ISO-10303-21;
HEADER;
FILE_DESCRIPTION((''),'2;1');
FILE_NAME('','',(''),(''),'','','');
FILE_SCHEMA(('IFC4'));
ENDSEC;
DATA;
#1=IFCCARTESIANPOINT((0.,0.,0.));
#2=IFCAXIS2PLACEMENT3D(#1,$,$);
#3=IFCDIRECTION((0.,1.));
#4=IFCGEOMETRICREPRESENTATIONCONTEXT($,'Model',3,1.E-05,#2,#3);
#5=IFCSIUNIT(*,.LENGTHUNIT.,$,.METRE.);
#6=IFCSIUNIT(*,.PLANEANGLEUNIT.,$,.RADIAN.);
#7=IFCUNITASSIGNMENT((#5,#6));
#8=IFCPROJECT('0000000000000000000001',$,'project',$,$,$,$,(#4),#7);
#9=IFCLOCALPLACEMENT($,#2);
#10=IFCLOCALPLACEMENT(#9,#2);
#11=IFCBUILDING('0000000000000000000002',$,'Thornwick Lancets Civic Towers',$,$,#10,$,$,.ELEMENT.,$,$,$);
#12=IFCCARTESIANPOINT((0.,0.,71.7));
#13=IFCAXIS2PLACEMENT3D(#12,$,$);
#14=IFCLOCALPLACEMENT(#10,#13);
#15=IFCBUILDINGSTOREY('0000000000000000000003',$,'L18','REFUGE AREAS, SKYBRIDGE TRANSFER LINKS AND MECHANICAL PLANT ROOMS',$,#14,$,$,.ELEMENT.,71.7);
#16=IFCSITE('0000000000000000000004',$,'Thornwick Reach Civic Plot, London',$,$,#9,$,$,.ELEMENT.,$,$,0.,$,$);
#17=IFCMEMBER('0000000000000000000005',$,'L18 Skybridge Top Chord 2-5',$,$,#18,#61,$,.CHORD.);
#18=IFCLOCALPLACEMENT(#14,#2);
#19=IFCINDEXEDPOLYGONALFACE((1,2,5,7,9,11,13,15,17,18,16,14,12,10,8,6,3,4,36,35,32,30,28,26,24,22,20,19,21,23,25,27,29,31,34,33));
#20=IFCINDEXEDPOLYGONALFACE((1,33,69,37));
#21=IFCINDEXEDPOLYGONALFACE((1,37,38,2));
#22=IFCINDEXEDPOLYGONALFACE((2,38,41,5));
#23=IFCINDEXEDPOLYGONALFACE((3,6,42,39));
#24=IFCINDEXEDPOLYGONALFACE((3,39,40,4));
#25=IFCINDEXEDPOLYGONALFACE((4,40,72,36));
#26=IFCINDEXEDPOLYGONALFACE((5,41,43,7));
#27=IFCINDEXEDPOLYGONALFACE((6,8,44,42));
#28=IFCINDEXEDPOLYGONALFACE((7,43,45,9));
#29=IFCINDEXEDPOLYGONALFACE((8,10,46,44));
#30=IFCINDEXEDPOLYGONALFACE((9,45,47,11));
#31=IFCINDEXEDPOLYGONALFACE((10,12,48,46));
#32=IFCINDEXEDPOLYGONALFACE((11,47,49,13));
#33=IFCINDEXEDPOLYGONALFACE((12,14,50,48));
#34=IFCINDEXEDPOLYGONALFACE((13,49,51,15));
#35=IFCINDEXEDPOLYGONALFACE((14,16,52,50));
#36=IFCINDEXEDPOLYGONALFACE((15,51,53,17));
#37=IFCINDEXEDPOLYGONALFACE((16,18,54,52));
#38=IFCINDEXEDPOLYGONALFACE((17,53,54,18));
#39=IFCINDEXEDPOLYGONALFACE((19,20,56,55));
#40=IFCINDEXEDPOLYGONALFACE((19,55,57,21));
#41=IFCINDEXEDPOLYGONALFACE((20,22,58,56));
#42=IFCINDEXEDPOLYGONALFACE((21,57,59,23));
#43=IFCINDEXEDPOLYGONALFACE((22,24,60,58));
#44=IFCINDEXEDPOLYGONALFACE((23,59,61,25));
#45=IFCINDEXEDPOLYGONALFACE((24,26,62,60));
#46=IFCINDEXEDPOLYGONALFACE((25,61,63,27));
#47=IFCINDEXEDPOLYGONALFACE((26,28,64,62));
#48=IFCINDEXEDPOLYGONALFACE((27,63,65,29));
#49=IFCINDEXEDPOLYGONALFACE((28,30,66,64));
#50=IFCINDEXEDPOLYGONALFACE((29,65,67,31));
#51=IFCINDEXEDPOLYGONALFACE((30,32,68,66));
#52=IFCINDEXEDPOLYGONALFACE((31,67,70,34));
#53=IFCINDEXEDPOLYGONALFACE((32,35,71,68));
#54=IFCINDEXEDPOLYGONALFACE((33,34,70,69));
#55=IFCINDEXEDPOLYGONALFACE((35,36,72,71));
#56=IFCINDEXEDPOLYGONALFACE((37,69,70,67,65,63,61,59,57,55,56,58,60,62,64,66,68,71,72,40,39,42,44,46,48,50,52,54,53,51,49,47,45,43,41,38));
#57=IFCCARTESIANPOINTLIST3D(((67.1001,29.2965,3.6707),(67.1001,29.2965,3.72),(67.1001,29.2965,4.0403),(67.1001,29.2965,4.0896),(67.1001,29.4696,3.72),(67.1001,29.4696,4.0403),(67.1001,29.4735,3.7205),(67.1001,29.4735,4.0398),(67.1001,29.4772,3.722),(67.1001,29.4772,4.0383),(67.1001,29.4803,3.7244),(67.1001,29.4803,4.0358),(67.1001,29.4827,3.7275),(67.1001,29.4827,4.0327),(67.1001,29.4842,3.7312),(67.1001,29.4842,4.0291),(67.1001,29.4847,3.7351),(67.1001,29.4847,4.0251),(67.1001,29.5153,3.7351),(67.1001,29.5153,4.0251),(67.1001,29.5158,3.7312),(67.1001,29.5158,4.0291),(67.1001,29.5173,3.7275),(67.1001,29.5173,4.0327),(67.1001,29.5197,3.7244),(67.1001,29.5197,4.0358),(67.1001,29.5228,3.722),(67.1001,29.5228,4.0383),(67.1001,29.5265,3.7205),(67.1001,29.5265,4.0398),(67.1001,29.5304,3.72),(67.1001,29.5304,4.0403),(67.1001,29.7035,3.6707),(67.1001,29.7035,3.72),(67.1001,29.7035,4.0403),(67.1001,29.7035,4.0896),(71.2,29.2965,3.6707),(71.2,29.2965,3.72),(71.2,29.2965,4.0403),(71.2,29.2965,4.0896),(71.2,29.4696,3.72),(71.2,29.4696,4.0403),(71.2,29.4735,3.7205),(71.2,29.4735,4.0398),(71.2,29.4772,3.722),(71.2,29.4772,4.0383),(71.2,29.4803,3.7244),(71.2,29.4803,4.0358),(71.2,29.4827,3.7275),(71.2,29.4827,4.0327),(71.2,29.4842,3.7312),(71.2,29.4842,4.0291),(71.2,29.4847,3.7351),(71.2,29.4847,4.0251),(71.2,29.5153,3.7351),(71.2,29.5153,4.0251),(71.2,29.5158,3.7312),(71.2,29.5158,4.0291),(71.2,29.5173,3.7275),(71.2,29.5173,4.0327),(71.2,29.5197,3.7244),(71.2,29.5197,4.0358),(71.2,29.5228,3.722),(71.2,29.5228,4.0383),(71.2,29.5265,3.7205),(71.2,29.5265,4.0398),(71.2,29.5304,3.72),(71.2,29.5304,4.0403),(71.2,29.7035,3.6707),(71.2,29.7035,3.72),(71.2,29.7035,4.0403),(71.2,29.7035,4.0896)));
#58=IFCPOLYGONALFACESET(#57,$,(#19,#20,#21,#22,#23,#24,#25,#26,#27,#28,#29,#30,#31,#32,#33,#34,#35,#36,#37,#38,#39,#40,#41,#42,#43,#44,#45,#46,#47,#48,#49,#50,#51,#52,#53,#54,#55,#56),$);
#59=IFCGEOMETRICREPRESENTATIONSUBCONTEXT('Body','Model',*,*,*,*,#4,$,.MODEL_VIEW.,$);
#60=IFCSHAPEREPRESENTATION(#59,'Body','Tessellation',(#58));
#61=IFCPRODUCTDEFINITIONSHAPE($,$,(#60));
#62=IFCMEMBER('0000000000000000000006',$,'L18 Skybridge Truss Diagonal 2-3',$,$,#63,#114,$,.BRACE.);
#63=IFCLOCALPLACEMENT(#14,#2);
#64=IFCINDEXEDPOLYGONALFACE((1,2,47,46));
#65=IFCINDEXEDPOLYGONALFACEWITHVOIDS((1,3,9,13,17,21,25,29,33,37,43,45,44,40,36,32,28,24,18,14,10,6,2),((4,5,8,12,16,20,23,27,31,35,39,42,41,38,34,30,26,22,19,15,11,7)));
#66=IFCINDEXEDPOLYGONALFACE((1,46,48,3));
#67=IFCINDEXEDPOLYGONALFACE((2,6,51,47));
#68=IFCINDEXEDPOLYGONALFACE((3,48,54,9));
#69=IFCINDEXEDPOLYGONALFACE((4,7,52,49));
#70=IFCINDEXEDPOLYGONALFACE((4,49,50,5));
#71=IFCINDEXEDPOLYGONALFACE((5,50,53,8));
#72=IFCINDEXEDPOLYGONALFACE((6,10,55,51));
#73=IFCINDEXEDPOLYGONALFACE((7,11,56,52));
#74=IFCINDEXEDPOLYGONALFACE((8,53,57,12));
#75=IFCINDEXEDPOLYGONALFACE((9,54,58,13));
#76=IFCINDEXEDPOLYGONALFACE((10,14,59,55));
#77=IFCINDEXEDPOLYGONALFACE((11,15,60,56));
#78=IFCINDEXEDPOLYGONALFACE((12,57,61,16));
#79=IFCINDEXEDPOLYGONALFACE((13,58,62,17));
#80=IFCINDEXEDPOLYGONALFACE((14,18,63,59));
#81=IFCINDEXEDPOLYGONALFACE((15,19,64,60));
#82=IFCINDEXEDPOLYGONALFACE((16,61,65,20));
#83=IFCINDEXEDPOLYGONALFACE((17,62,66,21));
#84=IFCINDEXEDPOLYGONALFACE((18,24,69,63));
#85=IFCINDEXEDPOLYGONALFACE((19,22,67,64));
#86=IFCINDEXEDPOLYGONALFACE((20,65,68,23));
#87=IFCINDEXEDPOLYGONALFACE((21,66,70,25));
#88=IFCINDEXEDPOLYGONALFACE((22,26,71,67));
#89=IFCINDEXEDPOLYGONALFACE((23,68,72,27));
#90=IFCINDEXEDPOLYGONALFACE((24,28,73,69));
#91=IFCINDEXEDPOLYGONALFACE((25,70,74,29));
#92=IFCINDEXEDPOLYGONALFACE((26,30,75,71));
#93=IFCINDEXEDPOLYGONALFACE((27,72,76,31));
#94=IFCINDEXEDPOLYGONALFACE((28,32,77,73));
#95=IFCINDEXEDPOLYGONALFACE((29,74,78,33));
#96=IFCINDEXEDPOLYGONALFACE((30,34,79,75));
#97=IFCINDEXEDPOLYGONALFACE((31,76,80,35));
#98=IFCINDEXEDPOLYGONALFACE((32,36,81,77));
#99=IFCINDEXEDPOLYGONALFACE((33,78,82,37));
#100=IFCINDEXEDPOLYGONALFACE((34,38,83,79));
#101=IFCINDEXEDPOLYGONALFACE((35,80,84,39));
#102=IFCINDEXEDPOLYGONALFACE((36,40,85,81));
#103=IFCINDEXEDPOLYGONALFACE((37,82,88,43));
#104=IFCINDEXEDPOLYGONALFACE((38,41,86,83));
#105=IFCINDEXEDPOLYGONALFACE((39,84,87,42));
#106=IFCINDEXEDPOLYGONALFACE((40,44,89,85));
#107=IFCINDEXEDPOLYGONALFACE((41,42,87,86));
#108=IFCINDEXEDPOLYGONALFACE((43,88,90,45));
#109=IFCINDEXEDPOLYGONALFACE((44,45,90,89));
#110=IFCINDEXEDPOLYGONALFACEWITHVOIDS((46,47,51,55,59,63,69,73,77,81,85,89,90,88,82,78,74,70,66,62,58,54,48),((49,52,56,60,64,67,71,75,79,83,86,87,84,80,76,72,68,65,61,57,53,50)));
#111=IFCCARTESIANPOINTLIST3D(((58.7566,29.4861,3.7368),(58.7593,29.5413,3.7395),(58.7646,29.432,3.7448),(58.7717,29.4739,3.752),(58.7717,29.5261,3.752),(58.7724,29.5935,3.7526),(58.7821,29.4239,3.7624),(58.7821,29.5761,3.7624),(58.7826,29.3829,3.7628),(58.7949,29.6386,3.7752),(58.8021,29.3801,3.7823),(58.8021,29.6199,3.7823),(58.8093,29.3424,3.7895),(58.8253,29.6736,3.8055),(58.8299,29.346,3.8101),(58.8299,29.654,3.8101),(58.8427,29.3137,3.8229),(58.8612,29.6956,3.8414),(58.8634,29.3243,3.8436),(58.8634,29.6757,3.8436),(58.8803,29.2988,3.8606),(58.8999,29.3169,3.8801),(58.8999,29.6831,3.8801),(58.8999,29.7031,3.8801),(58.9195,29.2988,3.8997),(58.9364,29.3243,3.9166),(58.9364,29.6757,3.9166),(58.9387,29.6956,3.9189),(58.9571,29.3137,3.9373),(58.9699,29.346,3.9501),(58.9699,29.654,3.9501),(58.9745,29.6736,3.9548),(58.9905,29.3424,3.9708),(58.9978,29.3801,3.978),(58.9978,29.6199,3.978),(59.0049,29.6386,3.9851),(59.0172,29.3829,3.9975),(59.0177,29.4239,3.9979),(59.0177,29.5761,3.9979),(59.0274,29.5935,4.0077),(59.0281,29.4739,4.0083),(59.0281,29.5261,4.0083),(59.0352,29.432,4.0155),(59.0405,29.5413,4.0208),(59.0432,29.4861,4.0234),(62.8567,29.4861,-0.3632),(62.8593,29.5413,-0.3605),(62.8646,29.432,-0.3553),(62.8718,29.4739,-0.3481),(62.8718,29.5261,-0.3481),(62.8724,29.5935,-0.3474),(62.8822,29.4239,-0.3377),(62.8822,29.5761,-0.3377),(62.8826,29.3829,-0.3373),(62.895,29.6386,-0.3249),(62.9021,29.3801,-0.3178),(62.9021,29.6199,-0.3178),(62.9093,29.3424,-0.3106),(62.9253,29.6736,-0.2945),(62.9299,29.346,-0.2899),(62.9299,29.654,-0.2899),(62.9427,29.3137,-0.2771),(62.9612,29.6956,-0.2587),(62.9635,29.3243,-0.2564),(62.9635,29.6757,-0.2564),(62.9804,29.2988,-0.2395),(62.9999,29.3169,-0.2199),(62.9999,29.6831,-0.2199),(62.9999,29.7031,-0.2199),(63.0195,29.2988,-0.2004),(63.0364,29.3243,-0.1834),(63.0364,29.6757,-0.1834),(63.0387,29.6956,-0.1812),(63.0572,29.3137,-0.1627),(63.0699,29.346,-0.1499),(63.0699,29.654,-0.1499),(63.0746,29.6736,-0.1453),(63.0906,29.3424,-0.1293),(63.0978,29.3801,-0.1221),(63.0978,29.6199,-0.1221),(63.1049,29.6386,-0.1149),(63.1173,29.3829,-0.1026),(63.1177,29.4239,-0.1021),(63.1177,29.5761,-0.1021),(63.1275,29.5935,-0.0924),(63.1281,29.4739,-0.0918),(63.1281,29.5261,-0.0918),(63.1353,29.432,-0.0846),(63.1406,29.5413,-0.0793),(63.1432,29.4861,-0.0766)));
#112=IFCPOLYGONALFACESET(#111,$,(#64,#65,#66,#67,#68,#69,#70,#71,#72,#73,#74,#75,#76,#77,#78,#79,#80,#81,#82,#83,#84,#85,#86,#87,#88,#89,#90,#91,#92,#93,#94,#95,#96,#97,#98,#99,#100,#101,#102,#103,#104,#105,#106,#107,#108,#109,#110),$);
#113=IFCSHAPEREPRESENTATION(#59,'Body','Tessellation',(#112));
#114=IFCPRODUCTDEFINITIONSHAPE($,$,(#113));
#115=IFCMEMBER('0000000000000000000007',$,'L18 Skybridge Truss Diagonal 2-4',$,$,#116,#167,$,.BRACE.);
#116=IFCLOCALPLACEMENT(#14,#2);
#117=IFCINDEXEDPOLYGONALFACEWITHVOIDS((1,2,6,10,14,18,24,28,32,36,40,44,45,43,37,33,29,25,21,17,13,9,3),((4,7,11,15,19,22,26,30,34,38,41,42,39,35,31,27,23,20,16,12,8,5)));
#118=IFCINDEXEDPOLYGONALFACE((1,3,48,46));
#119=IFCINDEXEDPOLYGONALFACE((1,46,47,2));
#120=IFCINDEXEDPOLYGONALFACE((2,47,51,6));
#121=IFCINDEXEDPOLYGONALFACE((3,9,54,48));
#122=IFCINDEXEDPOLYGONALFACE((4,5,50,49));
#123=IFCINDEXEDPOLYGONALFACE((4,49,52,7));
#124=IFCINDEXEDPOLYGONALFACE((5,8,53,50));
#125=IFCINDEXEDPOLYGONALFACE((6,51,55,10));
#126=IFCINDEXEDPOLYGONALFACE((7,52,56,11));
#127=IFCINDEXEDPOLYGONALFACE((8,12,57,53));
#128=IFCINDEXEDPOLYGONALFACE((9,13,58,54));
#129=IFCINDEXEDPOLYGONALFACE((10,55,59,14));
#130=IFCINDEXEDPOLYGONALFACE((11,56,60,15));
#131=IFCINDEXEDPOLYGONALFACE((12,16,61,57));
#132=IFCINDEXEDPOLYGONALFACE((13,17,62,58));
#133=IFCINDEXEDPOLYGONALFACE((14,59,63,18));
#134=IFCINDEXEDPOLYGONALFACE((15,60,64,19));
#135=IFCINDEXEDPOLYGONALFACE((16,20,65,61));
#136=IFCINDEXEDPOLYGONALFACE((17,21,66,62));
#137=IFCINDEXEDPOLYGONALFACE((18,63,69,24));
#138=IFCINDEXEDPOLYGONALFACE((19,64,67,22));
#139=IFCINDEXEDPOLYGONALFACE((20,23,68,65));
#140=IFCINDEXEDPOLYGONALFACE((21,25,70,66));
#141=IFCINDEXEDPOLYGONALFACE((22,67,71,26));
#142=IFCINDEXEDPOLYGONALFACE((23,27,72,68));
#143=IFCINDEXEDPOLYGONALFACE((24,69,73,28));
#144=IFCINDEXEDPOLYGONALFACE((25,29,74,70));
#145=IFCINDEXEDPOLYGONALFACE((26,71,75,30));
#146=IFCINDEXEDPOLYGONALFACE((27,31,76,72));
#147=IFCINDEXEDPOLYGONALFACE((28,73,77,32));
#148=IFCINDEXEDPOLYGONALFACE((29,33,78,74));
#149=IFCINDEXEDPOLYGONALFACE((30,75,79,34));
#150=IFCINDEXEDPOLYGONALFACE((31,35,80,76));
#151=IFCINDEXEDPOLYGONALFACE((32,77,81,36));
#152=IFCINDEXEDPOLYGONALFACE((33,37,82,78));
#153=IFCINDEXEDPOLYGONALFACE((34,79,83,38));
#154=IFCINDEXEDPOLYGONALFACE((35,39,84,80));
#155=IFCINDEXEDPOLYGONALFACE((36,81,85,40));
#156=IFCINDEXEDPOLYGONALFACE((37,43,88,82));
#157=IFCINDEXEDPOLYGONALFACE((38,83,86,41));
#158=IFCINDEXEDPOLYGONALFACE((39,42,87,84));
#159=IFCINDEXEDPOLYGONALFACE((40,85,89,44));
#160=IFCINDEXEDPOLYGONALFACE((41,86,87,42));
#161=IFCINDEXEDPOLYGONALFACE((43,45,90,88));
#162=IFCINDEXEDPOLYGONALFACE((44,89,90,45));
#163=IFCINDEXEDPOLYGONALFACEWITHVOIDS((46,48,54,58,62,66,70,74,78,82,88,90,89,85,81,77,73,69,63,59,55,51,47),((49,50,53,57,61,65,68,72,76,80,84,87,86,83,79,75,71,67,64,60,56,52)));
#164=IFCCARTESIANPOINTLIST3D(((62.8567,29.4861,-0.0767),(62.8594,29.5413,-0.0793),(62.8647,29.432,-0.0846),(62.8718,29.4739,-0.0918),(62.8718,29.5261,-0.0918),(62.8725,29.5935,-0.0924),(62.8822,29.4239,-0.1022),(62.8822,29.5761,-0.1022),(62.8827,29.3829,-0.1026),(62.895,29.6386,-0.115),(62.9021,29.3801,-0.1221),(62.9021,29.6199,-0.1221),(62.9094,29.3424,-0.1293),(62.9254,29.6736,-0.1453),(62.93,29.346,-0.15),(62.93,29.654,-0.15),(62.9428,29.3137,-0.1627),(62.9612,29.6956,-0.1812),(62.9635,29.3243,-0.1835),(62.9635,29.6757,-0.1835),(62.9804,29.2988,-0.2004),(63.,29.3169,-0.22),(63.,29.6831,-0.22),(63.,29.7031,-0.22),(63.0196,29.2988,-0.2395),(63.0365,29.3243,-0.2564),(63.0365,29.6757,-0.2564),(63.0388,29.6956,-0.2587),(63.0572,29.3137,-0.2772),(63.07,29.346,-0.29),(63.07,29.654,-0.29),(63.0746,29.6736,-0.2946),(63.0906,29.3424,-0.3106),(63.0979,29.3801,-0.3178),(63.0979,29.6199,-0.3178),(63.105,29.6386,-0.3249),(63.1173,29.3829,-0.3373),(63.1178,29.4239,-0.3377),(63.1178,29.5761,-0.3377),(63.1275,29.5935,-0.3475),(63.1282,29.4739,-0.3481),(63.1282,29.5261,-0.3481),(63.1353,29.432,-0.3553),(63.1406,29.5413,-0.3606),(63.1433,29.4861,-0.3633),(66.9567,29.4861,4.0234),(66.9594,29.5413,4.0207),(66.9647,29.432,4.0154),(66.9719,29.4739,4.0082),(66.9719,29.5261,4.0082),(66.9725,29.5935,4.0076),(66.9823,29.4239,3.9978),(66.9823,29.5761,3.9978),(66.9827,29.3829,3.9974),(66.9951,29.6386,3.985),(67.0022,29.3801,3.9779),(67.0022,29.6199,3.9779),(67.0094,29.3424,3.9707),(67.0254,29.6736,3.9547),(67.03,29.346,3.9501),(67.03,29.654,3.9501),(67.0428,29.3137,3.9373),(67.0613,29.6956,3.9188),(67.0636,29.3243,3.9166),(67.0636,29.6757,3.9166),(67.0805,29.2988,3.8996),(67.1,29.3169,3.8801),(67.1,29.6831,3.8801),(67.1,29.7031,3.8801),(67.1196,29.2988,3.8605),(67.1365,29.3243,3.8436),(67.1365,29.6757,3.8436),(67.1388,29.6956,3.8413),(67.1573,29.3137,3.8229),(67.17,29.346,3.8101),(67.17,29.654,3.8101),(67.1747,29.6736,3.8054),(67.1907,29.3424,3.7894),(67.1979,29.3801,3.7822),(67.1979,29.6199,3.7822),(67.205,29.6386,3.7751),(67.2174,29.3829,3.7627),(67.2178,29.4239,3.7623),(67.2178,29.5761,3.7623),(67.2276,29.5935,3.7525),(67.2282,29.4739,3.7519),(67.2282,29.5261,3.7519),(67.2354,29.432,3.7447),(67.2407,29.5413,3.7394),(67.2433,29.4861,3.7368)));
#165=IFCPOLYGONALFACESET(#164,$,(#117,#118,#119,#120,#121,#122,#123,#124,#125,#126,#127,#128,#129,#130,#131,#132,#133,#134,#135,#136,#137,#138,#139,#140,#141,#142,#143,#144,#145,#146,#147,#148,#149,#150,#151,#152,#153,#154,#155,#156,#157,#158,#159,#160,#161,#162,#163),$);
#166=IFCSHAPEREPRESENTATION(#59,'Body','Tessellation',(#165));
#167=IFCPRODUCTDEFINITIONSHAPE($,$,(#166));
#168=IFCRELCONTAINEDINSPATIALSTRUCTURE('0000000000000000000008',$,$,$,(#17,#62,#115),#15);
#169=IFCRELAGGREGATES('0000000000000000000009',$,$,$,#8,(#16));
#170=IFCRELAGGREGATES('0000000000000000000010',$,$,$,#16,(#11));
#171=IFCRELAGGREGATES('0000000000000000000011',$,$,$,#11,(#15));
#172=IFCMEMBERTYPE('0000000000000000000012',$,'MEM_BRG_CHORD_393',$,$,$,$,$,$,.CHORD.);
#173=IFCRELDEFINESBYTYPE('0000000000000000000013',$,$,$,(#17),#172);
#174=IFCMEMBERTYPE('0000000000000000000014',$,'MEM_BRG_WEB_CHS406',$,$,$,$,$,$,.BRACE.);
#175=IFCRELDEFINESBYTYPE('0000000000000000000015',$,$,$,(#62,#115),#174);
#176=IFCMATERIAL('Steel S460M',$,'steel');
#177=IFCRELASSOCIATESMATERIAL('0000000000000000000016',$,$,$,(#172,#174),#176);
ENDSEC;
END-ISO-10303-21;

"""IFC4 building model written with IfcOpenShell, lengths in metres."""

from ifc_helpers import new_model, si_unit, direction, frame, origin, origin_2d, place, context, subcontext, project, spatial, hollow_circle, i_section, extrude, material, material_profile, profile_set, type_object, element, save


model = new_model("IFC4")

# Units and contexts
model_context = context("Model", 3, precision=1e-05, world=origin(), true_north=direction((0.0, 1.0)))
body_context = subcontext(model_context, "Body", "Model", "MODEL_VIEW")
ifc_project = project(units=[si_unit("LENGTHUNIT", "METRE"), si_unit("PLANEANGLEUNIT", "RADIAN")], contexts=[model_context])

# Site, building, storey
site_placement = place(None, origin())
site = spatial("IfcSite", under=ifc_project, at=site_placement, Name="Thornwick Reach Civic Plot, London", CompositionType="ELEMENT", RefElevation=0.0)
building_placement = place(site_placement, origin())
building = spatial("IfcBuilding", under=site, at=building_placement, Name="Thornwick Lancets Civic Towers", CompositionType="ELEMENT")
storey_placement = place(building_placement, frame((0.0, 0.0, 71.7)))
storey = spatial("IfcBuildingStorey", under=building, at=storey_placement, Name="L18", Description="REFUGE AREAS, SKYBRIDGE TRANSFER LINKS AND MECHANICAL PLANT ROOMS", CompositionType="ELEMENT", Elevation=71.7)

# Members
ifc_material_1 = material(Name="Steel S460M", Category="steel")
ifc_material_profile_1 = material_profile(ifc_material_1, i_section(OverallWidth=0.407, OverallDepth=0.4189, WebThickness=0.0305, FlangeThickness=0.0493, FilletRadius=0.0151, at=origin_2d()), Name="UKC 356x406x393")
ifc_profile_set_1 = profile_set([ifc_material_profile_1], Name="Steel S460M")
member_type_1 = type_object("IfcMemberType", Name="MEM_BRG_CHORD_393", PredefinedType="CHORD", material=ifc_profile_set_1)
member_1_placement = place(storey_placement, frame((67.1001, 29.5, 3.8801), z_axis=(1.0, 0.0, 0.0), x_axis=(0.0, 1.0, 0.0)))
element("IfcMember", 1, at=member_1_placement, inside=storey, type_object=member_type_1, Name="L18 Skybridge Top Chord 2-5", PredefinedType="CHORD", context=body_context, shape_type="SweptSolid", body=[
    extrude(i_section(OverallWidth=0.407, OverallDepth=0.4189, WebThickness=0.0305, FlangeThickness=0.0493, FilletRadius=0.0151, at=origin_2d()), origin(), (0.0, 0.0, 1.0), 4.0999),
])
ifc_material_profile_2 = material_profile(ifc_material_1, hollow_circle(Radius=0.2031, WallThickness=0.02, at=origin_2d()), Name="CHS 406.4x20")
ifc_profile_set_2 = profile_set([ifc_material_profile_2], Name="Steel S460M")
member_type_2 = type_object("IfcMemberType", Name="MEM_BRG_WEB_CHS406", PredefinedType="BRACE", material=ifc_profile_set_2)
for number, where, z_axis, x_axis, name in (
    (2, (58.8999, 29.5, 3.8801), (0.707107, 0.0, -0.707107), (0.0, 1.0, 0.0), "L18 Skybridge Truss Diagonal 2-3"),
    (3, (63.0, 29.5, -0.22), (0.707107, 0.0, 0.707107), (0.0, 1.0, 0.0), "L18 Skybridge Truss Diagonal 2-4"),
):
    element("IfcMember", number, at=place(storey_placement, frame(where, z_axis=z_axis, x_axis=x_axis)), inside=storey, type_object=member_type_2, Name=name, PredefinedType="BRACE", context=body_context, shape_type="SweptSolid", body=[
        extrude(hollow_circle(Radius=0.2031, WallThickness=0.02, at=origin_2d()), origin(), (0.0, 0.0, 1.0), 5.7983),
    ])

save(model, "model.ifc")
